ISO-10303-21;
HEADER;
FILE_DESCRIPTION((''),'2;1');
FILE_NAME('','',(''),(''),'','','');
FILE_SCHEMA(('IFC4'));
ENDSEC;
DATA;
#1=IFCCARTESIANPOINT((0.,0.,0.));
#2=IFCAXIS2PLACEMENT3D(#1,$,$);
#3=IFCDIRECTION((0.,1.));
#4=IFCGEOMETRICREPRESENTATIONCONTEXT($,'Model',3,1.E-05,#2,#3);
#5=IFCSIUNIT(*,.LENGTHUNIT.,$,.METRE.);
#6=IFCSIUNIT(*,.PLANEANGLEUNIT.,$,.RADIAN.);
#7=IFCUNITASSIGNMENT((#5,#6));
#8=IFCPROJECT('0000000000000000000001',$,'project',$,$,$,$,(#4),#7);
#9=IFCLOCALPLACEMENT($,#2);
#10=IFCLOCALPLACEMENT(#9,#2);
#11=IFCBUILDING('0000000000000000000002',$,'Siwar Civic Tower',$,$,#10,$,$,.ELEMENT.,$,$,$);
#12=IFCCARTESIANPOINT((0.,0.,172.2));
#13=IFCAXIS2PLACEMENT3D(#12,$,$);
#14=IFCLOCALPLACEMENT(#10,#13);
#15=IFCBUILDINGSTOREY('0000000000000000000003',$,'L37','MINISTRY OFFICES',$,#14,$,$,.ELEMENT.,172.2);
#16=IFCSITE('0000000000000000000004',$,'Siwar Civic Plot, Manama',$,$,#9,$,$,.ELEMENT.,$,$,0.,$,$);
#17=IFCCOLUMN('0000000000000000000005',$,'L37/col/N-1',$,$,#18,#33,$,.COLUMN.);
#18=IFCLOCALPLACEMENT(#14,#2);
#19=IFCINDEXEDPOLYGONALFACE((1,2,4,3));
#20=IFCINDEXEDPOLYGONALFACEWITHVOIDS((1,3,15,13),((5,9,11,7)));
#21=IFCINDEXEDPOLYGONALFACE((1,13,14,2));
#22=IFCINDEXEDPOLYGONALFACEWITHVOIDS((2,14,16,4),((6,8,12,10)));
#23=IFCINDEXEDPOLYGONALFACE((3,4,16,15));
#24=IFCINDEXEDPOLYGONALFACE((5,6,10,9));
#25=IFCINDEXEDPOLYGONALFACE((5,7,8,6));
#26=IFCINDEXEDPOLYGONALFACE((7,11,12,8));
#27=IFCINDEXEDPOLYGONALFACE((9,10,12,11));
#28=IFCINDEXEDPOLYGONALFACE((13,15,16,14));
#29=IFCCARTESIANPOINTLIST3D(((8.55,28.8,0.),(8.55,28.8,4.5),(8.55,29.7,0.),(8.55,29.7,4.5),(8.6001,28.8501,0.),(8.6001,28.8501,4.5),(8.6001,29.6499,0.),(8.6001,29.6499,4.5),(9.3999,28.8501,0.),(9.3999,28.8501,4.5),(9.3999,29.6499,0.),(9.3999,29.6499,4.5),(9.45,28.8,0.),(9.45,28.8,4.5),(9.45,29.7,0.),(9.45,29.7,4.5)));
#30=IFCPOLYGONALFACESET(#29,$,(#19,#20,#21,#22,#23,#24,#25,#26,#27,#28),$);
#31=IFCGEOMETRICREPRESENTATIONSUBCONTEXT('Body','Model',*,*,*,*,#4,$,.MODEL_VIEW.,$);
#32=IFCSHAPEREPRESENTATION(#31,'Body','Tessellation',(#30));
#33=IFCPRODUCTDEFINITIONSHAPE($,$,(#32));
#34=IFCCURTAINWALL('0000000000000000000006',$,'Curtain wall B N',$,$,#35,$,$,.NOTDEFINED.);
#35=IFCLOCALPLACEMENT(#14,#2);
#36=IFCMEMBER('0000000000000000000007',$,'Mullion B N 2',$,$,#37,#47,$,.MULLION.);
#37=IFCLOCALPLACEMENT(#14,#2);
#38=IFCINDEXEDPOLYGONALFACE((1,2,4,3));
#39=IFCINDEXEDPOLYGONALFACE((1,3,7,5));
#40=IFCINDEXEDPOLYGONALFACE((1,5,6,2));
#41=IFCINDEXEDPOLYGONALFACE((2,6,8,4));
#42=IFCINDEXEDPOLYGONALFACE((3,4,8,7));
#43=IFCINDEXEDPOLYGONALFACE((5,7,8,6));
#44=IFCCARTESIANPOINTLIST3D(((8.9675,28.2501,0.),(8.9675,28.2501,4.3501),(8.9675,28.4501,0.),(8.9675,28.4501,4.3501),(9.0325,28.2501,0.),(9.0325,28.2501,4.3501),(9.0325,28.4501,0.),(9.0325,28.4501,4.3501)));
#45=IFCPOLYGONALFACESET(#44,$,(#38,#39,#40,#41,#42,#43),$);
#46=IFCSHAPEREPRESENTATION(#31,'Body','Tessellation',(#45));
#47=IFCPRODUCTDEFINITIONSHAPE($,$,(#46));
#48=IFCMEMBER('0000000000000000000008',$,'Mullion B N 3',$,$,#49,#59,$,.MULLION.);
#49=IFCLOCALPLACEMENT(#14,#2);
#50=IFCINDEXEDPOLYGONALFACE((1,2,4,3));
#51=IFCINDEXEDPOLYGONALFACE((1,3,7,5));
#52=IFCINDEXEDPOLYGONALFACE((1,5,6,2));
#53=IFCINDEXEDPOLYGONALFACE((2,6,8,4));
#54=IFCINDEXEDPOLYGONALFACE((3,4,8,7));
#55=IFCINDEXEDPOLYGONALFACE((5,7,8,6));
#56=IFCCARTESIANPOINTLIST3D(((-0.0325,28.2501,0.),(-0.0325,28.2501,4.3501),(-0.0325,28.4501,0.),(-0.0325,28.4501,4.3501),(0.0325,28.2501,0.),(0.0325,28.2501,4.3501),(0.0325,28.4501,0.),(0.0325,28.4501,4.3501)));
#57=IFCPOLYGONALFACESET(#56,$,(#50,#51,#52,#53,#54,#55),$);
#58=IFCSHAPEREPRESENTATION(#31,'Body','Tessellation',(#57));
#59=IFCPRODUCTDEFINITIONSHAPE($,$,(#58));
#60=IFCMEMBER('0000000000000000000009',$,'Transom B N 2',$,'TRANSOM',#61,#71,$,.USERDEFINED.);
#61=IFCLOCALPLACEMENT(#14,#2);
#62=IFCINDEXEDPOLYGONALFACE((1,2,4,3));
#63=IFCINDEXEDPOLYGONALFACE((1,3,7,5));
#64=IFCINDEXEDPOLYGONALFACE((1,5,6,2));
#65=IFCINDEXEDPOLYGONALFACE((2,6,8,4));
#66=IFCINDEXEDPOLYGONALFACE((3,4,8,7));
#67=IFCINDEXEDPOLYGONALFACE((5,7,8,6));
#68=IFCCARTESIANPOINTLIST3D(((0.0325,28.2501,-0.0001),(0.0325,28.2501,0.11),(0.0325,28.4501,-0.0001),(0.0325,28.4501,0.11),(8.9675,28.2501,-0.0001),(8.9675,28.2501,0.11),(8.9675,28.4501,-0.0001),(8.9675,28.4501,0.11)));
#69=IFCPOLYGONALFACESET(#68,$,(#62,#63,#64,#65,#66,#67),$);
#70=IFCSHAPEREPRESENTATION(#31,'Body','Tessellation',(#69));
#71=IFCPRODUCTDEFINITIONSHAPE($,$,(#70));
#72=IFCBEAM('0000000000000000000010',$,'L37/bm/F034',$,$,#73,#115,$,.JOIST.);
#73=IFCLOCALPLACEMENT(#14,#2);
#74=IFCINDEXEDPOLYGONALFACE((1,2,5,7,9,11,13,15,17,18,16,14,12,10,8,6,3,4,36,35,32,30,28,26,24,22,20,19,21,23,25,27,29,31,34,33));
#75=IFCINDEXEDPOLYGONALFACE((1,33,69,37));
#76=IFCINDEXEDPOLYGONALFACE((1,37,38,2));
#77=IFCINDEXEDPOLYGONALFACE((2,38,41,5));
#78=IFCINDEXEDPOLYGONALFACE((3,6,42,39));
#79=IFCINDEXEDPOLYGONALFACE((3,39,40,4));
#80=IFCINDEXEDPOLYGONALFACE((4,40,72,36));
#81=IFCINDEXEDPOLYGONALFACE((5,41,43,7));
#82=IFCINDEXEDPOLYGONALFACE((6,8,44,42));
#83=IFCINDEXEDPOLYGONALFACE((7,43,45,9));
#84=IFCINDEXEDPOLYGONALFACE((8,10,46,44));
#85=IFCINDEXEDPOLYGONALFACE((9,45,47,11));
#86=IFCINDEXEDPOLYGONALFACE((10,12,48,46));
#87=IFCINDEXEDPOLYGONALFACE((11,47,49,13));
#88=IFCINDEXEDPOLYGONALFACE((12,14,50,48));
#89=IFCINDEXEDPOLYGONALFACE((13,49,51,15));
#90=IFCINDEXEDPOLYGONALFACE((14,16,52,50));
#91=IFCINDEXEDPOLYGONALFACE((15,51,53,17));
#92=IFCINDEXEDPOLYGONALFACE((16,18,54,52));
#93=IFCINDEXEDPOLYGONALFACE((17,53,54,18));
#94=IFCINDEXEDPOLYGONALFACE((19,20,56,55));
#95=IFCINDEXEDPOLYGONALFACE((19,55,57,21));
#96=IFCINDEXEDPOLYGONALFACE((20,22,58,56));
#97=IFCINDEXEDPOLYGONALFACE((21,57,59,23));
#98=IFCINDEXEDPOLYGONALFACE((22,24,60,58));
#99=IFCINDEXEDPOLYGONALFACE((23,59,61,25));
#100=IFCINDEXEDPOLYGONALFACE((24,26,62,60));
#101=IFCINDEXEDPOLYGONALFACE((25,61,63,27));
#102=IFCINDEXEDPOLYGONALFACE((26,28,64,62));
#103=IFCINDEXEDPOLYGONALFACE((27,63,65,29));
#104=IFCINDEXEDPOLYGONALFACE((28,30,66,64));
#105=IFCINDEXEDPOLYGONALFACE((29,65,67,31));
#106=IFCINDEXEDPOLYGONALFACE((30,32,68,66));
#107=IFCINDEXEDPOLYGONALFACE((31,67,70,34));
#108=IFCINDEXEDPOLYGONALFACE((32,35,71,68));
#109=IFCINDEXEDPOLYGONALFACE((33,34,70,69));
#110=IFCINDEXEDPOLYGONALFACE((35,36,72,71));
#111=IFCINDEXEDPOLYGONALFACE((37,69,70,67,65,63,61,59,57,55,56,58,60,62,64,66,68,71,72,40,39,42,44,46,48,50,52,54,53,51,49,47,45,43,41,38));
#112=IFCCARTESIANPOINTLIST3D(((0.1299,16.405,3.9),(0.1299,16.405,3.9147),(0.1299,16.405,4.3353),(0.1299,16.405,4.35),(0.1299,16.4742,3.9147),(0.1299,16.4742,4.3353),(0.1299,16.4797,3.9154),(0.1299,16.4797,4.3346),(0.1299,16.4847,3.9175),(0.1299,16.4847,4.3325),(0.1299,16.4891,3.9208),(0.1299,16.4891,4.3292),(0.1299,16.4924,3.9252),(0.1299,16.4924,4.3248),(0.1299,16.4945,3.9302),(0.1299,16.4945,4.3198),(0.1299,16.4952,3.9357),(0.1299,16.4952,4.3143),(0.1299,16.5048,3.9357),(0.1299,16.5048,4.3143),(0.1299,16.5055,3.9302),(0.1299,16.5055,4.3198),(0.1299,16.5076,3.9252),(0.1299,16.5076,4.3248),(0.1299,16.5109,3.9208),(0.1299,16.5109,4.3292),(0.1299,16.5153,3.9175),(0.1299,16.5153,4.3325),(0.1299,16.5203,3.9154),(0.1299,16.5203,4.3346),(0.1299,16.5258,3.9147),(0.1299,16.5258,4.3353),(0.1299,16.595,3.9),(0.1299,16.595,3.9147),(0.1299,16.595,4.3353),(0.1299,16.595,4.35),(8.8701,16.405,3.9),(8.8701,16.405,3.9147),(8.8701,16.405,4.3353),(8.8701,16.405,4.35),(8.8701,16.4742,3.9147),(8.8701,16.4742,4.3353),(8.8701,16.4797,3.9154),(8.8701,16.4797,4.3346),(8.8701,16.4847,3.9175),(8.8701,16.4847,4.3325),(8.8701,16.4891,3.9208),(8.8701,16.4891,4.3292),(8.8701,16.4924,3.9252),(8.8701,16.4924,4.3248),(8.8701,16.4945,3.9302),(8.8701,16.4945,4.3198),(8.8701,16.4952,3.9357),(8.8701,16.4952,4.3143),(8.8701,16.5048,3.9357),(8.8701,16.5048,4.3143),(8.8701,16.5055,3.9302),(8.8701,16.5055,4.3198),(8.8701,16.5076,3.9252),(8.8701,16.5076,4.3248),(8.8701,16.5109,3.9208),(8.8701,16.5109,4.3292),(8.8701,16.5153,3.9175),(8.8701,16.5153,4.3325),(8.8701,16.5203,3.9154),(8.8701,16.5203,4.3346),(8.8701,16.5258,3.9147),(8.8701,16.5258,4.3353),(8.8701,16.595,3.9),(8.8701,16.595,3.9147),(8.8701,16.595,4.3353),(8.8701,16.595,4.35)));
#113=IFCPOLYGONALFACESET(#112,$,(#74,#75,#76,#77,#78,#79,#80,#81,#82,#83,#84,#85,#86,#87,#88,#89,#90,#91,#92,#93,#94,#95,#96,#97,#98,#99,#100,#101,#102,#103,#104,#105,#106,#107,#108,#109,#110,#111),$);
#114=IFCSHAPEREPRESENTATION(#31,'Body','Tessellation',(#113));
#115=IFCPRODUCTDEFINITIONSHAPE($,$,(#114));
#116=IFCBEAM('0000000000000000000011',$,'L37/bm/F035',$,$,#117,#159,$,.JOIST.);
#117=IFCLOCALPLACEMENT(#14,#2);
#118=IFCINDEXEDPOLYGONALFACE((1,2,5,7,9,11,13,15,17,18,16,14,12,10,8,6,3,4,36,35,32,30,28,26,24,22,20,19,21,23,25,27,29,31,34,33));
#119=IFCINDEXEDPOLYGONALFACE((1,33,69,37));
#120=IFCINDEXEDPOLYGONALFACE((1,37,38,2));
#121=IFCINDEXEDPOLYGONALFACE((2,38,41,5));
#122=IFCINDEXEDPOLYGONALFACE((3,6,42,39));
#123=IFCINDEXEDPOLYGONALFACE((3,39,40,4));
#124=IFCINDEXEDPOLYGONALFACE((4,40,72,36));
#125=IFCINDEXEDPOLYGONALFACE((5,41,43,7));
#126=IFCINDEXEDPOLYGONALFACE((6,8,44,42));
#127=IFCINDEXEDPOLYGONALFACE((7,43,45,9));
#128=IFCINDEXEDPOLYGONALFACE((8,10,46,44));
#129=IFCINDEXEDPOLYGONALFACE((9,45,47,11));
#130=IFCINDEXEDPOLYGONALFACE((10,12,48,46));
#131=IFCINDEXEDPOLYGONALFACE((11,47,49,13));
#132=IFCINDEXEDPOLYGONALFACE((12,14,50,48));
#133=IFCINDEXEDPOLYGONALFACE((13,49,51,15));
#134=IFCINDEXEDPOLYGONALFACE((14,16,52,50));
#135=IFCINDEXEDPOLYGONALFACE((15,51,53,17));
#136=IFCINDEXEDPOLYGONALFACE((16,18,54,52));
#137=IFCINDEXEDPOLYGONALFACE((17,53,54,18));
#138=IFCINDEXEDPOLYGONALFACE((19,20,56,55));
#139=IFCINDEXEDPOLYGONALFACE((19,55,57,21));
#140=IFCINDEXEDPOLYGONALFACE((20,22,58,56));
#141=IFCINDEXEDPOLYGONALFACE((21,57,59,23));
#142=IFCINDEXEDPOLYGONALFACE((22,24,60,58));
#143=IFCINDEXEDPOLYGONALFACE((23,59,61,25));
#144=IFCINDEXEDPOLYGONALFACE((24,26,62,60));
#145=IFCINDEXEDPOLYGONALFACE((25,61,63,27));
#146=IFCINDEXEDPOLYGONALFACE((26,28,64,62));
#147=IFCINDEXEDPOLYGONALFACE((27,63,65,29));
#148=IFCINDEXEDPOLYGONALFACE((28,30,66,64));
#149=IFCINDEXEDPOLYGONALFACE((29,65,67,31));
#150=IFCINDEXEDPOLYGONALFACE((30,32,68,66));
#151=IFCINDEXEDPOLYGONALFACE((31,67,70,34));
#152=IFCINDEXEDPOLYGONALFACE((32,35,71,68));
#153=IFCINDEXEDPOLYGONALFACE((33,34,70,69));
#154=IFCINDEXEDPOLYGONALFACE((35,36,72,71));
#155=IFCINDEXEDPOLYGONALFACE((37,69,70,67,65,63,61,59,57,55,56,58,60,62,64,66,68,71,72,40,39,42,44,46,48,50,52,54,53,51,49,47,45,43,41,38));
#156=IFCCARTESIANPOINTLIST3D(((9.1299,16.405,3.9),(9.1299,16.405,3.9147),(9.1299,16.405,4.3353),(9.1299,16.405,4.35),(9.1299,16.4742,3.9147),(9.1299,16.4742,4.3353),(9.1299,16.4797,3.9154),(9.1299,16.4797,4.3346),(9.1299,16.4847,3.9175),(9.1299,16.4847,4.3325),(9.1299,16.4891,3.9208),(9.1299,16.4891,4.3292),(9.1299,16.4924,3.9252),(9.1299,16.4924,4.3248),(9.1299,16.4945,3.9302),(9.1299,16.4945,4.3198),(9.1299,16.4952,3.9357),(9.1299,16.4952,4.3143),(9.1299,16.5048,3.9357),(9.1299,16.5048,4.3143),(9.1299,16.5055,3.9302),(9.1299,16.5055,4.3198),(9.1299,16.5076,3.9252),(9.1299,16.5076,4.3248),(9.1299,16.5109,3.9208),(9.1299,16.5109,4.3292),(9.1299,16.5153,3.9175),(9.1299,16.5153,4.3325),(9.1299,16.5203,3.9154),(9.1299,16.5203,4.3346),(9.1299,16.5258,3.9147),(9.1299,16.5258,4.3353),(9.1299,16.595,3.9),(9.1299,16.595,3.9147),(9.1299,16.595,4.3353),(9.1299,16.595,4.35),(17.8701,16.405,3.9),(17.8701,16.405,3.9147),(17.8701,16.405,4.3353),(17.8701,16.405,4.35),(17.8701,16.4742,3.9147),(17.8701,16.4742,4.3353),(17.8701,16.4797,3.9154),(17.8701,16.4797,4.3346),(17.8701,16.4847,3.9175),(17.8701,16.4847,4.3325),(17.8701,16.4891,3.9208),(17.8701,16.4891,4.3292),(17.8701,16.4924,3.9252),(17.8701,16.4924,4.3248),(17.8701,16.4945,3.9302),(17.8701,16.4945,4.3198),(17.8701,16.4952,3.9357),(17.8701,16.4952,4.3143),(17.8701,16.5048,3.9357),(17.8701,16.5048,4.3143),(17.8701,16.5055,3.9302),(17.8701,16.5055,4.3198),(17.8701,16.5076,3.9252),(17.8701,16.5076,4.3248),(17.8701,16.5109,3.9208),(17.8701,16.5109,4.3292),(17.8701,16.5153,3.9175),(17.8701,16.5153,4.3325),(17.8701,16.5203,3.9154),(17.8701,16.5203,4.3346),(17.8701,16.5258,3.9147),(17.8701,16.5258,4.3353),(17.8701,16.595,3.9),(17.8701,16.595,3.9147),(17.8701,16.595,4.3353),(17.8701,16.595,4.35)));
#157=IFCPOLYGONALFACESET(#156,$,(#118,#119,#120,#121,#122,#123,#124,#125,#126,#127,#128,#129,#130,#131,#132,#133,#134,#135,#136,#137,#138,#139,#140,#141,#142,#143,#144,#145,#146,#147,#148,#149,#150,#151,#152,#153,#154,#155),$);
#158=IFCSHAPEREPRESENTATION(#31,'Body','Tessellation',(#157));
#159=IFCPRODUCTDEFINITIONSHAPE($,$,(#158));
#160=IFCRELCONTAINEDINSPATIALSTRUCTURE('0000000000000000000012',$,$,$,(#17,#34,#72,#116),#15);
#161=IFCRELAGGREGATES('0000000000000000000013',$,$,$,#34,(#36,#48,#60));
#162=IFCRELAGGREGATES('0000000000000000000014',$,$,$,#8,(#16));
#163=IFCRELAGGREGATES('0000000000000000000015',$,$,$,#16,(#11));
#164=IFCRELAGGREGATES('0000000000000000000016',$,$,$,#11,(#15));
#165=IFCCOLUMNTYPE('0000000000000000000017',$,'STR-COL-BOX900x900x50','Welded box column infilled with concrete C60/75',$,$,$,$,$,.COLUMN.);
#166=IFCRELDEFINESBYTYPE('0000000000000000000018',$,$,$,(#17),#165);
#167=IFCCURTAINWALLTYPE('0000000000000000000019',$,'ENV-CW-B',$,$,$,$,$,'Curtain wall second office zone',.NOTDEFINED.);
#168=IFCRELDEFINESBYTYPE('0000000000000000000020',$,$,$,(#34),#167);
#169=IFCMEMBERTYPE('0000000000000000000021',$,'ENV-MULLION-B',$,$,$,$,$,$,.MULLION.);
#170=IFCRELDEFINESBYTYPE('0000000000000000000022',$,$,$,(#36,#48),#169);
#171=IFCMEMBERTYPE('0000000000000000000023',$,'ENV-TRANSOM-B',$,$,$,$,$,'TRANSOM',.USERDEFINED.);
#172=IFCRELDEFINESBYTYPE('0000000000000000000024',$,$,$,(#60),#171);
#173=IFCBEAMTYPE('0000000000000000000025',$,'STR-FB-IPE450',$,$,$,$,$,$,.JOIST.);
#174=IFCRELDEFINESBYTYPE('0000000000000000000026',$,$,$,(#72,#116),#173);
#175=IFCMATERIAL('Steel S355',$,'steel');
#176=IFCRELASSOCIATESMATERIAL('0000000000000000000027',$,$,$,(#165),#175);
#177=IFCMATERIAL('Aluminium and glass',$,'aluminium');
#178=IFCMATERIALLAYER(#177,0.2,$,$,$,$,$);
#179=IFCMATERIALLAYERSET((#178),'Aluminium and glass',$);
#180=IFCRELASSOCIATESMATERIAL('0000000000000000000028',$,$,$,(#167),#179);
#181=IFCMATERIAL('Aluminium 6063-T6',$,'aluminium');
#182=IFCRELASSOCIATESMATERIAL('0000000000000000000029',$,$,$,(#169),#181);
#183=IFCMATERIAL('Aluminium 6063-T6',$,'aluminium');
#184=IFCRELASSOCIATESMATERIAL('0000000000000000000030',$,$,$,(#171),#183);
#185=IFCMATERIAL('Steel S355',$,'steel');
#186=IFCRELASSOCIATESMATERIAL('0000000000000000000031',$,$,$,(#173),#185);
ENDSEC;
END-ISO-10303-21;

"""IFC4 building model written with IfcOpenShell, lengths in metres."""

from ifc_helpers import new_model, si_unit, direction, frame, origin, origin_2d, place, context, subcontext, project, spatial, rectangle, hollow_rectangle, i_section, extrude, material, layer, layer_set, material_profile, profile_set, type_object, element, aggregate, save


model = new_model("IFC4")

# Units and contexts
model_context = context("Model", 3, precision=1e-05, world=origin(), true_north=direction((0.0, 1.0)))
body_context = subcontext(model_context, "Body", "Model", "MODEL_VIEW")
ifc_project = project(units=[si_unit("LENGTHUNIT", "METRE"), si_unit("PLANEANGLEUNIT", "RADIAN")], contexts=[model_context])

# Site, building, storey
site_placement = place(None, origin())
site = spatial("IfcSite", under=ifc_project, at=site_placement, Name="Siwar Civic Plot, Manama", CompositionType="ELEMENT", RefElevation=0.0)
building_placement = place(site_placement, origin())
building = spatial("IfcBuilding", under=site, at=building_placement, Name="Siwar Civic Tower", CompositionType="ELEMENT")
storey_placement = place(building_placement, frame((0.0, 0.0, 172.2)))
storey = spatial("IfcBuildingStorey", under=building, at=storey_placement, Name="L37", Description="MINISTRY OFFICES", CompositionType="ELEMENT", Elevation=172.2)

# Column
ifc_material_1 = material(Name="Steel S355", Category="steel")
ifc_material_profile_1 = material_profile(ifc_material_1, hollow_rectangle(XDim=0.8999, YDim=0.8999, WallThickness=0.05, at=origin_2d()), Name="BOX900x900x50")
ifc_profile_set_1 = profile_set([ifc_material_profile_1], Name="Steel S355")
column_type = type_object("IfcColumnType", Name="STR-COL-BOX900x900x50", Description="Welded box column infilled with concrete C60/75", PredefinedType="COLUMN", material=ifc_profile_set_1)
column_placement = place(storey_placement, frame((9.0, 29.25, 0.0), z_axis=(0.0, 0.0, 1.0), x_axis=(1.0, 0.0, 0.0)))
element("IfcColumn", 1, at=column_placement, inside=storey, type_object=column_type, Name="L37/col/N-1", PredefinedType="COLUMN", context=body_context, shape_type="SweptSolid", body=[
    extrude(hollow_rectangle(XDim=0.8999, YDim=0.8999, WallThickness=0.05, at=origin_2d()), origin(), (0.0, 0.0, 1.0), 4.5),
])

# Curtain wall, members
ifc_material_2 = material(Name="Aluminium and glass", Category="aluminium")
ifc_layer_1 = layer(ifc_material_2, 0.2)
ifc_layer_set_1 = layer_set([ifc_layer_1], Name="Aluminium and glass")
curtain_wall_type = type_object("IfcCurtainWallType", Name="ENV-CW-B", ElementType="Curtain wall second office zone", PredefinedType="NOTDEFINED", material=ifc_layer_set_1)
curtain_wall_placement = place(storey_placement, origin())
curtain_wall = element("IfcCurtainWall", 2, at=curtain_wall_placement, inside=storey, type_object=curtain_wall_type, Name="Curtain wall B N", PredefinedType="NOTDEFINED")
ifc_material_3 = material(Name="Aluminium 6063-T6", Category="aluminium")
ifc_material_profile_2 = material_profile(ifc_material_3, rectangle(XDim=0.2, YDim=0.0649, at=origin_2d()), Name="AL 200x65")
ifc_profile_set_2 = profile_set([ifc_material_profile_2], Name="Aluminium 6063-T6")
member_type_1 = type_object("IfcMemberType", Name="ENV-MULLION-B", PredefinedType="MULLION", material=ifc_profile_set_2)
member_1_placement = place(storey_placement, frame((9.0, 28.3501, 0.0), z_axis=(0.0, 0.0, 1.0), x_axis=(0.0, -1.0, 0.0)))
member_1 = element("IfcMember", 3, at=member_1_placement, type_object=member_type_1, Name="Mullion B N 2", PredefinedType="MULLION", context=body_context, shape_type="SweptSolid", body=[
    extrude(rectangle(XDim=0.2, YDim=0.0649, at=origin_2d()), origin(), (0.0, 0.0, 1.0), 4.3501),
])
member_2_placement = place(storey_placement, frame((0.0, 28.3501, 0.0), z_axis=(0.0, 0.0, 1.0), x_axis=(0.0, -1.0, 0.0)))
member_2 = element("IfcMember", 4, at=member_2_placement, type_object=member_type_1, Name="Mullion B N 3", PredefinedType="MULLION", context=body_context, shape_type="SweptSolid", body=[
    extrude(rectangle(XDim=0.2, YDim=0.0649, at=origin_2d()), origin(), (0.0, 0.0, 1.0), 4.3501),
])
ifc_material_4 = material(Name="Aluminium 6063-T6", Category="aluminium")
ifc_material_profile_3 = material_profile(ifc_material_4, rectangle(XDim=0.2, YDim=0.1101, at=origin_2d()), Name="AL 200x110")
ifc_profile_set_3 = profile_set([ifc_material_profile_3], Name="Aluminium 6063-T6")
member_type_2 = type_object("IfcMemberType", Name="ENV-TRANSOM-B", ElementType="TRANSOM", PredefinedType="USERDEFINED", material=ifc_profile_set_3)
member_3_placement = place(storey_placement, frame((8.9675, 28.3501, 0.0549), z_axis=(-1.0, 0.0, 0.0), x_axis=(0.0, -1.0, 0.0)))
member_3 = element("IfcMember", 5, at=member_3_placement, type_object=member_type_2, Name="Transom B N 2", ObjectType="TRANSOM", PredefinedType="USERDEFINED", context=body_context, shape_type="SweptSolid", body=[
    extrude(rectangle(XDim=0.2, YDim=0.1101, at=origin_2d()), origin(), (0.0, 0.0, 1.0), 8.9351),
])

# Beams
ifc_material_5 = material(Name="Steel S355", Category="steel")
ifc_material_profile_4 = material_profile(ifc_material_5, i_section(OverallWidth=0.1899, OverallDepth=0.45, WebThickness=0.0095, FlangeThickness=0.0146, FilletRadius=0.021, at=origin_2d()), Name="IPE450")
ifc_profile_set_4 = profile_set([ifc_material_profile_4], Name="Steel S355")
beam_type_1 = type_object("IfcBeamType", Name="STR-FB-IPE450", PredefinedType="JOIST", material=ifc_profile_set_4)
for number, where, z_axis, x_axis, name in (
    (6, (0.1299, 16.5, 4.125), (1.0, 0.0, 0.0), (0.0, 1.0, 0.0), "L37/bm/F034"),
    (7, (9.1299, 16.5, 4.125), (1.0, 0.0, 0.0), (0.0, 1.0, 0.0), "L37/bm/F035"),
):
    element("IfcBeam", number, at=place(storey_placement, frame(where, z_axis=z_axis, x_axis=x_axis)), inside=storey, type_object=beam_type_1, Name=name, PredefinedType="JOIST", context=body_context, shape_type="SweptSolid", body=[
        extrude(i_section(OverallWidth=0.1899, OverallDepth=0.45, WebThickness=0.0095, FlangeThickness=0.0146, FilletRadius=0.021, at=origin_2d()), origin(), (0.0, 0.0, 1.0), 8.7402),
    ])

aggregate(curtain_wall, [member_1, member_2, member_3])

save(model, "model.ifc")
